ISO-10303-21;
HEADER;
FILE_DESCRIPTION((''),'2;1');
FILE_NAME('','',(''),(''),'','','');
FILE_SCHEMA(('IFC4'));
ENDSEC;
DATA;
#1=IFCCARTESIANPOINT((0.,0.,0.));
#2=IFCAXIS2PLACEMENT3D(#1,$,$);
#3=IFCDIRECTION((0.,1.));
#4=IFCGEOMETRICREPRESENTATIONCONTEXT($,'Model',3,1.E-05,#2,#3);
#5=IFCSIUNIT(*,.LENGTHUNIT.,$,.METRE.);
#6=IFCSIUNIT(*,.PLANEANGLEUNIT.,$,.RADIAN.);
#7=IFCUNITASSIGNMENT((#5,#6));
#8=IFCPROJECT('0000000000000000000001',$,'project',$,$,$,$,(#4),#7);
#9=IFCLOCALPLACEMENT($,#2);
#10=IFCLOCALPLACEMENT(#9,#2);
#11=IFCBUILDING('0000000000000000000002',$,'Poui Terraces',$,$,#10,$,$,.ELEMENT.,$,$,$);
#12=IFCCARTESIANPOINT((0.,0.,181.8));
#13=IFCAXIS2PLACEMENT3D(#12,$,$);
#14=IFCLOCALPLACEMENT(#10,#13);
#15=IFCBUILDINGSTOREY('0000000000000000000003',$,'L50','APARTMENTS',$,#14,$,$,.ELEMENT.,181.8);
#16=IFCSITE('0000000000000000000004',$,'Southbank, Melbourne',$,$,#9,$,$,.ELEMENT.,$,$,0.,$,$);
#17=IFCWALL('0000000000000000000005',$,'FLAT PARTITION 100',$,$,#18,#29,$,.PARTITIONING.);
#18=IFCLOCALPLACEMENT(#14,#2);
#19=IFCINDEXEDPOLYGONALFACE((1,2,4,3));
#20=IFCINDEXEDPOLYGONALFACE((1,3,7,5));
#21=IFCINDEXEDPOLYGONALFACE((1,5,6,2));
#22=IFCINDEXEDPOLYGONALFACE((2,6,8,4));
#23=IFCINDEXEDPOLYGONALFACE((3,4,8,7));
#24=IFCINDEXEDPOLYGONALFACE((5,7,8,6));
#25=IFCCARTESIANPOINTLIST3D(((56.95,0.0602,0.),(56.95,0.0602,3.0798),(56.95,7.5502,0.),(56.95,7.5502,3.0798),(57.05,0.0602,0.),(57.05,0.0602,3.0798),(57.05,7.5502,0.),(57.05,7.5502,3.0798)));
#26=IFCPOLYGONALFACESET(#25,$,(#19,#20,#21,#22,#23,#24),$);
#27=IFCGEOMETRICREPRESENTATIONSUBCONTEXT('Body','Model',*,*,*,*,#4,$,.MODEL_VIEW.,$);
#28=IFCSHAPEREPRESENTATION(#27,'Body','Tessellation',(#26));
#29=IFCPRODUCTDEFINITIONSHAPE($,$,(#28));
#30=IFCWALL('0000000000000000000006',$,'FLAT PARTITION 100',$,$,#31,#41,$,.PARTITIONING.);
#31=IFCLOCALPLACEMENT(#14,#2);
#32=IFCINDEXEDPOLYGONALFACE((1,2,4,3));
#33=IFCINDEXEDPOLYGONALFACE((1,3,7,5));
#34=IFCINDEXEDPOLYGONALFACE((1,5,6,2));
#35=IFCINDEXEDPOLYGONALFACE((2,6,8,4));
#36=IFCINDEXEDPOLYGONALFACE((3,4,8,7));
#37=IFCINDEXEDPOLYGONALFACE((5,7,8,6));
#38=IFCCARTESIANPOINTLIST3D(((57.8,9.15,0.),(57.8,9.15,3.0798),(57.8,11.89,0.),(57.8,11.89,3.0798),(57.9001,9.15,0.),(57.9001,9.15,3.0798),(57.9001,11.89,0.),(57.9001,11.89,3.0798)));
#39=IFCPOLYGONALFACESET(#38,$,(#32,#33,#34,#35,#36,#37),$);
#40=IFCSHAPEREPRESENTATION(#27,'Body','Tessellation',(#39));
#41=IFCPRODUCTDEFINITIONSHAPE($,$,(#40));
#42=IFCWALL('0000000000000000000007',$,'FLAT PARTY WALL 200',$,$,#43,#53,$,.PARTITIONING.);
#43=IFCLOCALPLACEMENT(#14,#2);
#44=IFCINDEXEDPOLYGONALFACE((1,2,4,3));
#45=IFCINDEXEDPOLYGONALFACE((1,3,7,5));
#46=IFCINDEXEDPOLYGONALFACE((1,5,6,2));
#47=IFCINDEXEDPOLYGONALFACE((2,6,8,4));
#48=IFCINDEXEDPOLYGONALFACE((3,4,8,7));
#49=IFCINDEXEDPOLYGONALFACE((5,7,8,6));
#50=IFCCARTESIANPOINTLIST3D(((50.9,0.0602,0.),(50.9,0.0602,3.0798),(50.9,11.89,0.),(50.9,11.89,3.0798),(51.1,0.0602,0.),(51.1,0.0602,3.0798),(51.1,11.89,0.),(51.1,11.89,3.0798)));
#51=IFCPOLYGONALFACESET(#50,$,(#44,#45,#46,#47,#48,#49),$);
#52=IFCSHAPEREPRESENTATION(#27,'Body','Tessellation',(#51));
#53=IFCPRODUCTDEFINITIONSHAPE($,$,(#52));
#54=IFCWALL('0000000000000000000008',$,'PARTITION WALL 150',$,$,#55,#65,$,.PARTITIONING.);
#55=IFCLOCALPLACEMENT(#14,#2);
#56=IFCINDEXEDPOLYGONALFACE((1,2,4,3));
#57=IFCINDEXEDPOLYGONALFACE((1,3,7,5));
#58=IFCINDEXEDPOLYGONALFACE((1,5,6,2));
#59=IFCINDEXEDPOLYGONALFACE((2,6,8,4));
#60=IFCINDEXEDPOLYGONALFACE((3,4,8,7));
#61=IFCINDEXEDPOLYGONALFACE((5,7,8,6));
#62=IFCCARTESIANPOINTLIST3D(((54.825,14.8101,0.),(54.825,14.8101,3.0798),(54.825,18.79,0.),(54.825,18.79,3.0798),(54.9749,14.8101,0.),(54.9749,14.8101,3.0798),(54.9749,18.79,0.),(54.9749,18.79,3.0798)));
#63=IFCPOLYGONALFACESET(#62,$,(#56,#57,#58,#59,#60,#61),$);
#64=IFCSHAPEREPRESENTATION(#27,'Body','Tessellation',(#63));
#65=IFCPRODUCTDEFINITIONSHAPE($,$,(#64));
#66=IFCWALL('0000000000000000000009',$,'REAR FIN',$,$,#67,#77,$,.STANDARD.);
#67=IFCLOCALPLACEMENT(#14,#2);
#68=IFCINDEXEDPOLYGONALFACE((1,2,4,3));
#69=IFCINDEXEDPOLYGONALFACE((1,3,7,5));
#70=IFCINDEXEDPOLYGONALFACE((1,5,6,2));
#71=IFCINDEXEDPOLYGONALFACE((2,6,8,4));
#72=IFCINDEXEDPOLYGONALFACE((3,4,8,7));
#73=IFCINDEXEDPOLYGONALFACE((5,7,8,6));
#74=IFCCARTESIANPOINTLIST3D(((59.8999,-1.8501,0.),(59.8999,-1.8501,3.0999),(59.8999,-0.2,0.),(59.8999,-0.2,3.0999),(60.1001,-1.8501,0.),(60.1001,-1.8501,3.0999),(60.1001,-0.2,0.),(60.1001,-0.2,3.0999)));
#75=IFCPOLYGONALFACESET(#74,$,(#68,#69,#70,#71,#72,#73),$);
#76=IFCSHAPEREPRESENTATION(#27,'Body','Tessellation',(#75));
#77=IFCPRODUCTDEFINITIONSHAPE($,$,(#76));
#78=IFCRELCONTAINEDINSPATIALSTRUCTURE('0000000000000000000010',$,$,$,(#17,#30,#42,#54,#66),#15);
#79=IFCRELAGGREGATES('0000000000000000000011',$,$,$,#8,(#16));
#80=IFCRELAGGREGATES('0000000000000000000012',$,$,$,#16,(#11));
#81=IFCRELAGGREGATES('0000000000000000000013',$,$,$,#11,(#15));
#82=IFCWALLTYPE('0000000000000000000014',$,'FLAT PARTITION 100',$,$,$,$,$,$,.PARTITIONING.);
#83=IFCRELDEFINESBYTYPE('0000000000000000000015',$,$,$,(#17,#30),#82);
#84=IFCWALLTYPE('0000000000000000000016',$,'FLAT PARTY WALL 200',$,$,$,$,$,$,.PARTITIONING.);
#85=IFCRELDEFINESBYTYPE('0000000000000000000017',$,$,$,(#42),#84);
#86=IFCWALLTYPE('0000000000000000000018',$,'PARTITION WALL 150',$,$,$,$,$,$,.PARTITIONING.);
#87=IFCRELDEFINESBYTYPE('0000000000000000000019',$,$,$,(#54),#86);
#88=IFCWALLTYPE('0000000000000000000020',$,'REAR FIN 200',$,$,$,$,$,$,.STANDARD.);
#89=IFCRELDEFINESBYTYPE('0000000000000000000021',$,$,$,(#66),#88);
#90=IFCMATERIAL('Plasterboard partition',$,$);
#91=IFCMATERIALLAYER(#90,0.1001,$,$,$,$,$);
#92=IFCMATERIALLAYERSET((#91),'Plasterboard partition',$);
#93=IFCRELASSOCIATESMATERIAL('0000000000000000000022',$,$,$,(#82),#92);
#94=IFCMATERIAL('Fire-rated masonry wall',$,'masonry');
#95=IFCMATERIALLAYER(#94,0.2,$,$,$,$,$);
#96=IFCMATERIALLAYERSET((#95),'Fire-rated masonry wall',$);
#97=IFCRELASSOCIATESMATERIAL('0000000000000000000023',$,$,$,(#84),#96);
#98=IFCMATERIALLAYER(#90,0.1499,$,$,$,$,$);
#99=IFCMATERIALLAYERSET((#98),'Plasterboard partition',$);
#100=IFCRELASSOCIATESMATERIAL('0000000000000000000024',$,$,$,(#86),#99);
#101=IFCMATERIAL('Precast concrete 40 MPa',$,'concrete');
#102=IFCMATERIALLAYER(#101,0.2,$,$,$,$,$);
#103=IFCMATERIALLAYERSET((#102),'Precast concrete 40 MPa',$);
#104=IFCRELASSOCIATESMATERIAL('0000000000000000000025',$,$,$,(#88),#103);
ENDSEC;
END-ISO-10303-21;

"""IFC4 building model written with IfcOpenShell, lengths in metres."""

from ifc_helpers import new_model, si_unit, direction, frame, frame_2d, origin, place, context, subcontext, project, spatial, polyline, rectangle, outline, extrude, source, transform, mapped, material, layer, layer_set, type_object, element, save


model = new_model("IFC4")

# Units and contexts
model_context = context("Model", 3, precision=1e-05, world=origin(), true_north=direction((0.0, 1.0)))
body_context = subcontext(model_context, "Body", "Model", "MODEL_VIEW")
ifc_project = project(units=[si_unit("LENGTHUNIT", "METRE"), si_unit("PLANEANGLEUNIT", "RADIAN")], contexts=[model_context])

# Site, building, storey
site_placement = place(None, origin())
site = spatial("IfcSite", under=ifc_project, at=site_placement, Name="Southbank, Melbourne", CompositionType="ELEMENT", RefElevation=0.0)
building_placement = place(site_placement, origin())
building = spatial("IfcBuilding", under=site, at=building_placement, Name="Poui Terraces", CompositionType="ELEMENT")
storey_placement = place(building_placement, frame((0.0, 0.0, 181.8)))
storey = spatial("IfcBuildingStorey", under=building, at=storey_placement, Name="L50", Description="APARTMENTS", CompositionType="ELEMENT", Elevation=181.8)

# Shared definitions
ifc_material_1 = material(Name="Plasterboard partition")
ifc_layer_1 = layer(ifc_material_1, 0.1001)
ifc_layer_set_1 = layer_set([ifc_layer_1], Name="Plasterboard partition")
wall_type_1 = type_object("IfcWallType", Name="FLAT PARTITION 100", PredefinedType="PARTITIONING", material=ifc_layer_set_1)

# Walls
wall_1_placement = place(storey_placement, frame((57.0, 0.0601, 0.0), z_axis=(0.0, 0.0, 1.0), x_axis=(0.0, 1.0, 0.0)))
element("IfcWall", 1, at=wall_1_placement, inside=storey, type_object=wall_type_1, Name="FLAT PARTITION 100", PredefinedType="PARTITIONING", context=body_context, shape_type="SweptSolid", body=[
    extrude(rectangle(XDim=7.49, YDim=0.1001, at=frame_2d((3.7451, 0.0))), origin(), (0.0, 0.0, 1.0), 3.0798),
])
wall_2_placement = place(storey_placement, frame((57.8501, 9.1499, 0.0), z_axis=(0.0, 0.0, 1.0), x_axis=(0.0, 1.0, 0.0)))
element("IfcWall", 2, at=wall_2_placement, inside=storey, type_object=wall_type_1, Name="FLAT PARTITION 100", PredefinedType="PARTITIONING", context=body_context, shape_type="SweptSolid", body=[
    extrude(rectangle(XDim=2.74, YDim=0.1001, at=frame_2d((1.3701, 0.0))), origin(), (0.0, 0.0, 1.0), 3.0798),
])
ifc_material_2 = material(Name="Fire-rated masonry wall", Category="masonry")
ifc_layer_2 = layer(ifc_material_2, 0.2)
ifc_layer_set_2 = layer_set([ifc_layer_2], Name="Fire-rated masonry wall")
wall_type_2 = type_object("IfcWallType", Name="FLAT PARTY WALL 200", PredefinedType="PARTITIONING", material=ifc_layer_set_2)
wall_3_placement = place(storey_placement, frame((51.0, 0.0601, 0.0), z_axis=(0.0, 0.0, 1.0), x_axis=(0.0, 1.0, 0.0)))
element("IfcWall", 3, at=wall_3_placement, inside=storey, type_object=wall_type_2, Name="FLAT PARTY WALL 200", PredefinedType="PARTITIONING", context=body_context, shape_type="SweptSolid", body=[
    extrude(rectangle(XDim=11.8298, YDim=0.2, at=frame_2d((5.915, 0.0))), origin(), (0.0, 0.0, 1.0), 3.0798),
])
ifc_layer_3 = layer(ifc_material_1, 0.1499)
ifc_layer_set_3 = layer_set([ifc_layer_3], Name="Plasterboard partition")
wall_type_3 = type_object("IfcWallType", Name="PARTITION WALL 150", PredefinedType="PARTITIONING", material=ifc_layer_set_3)
wall_4_placement = place(storey_placement, frame((54.8999, 14.8101, 0.0), z_axis=(0.0, 0.0, 1.0), x_axis=(0.0, 1.0, 0.0)))
element("IfcWall", 4, at=wall_4_placement, inside=storey, type_object=wall_type_3, Name="PARTITION WALL 150", PredefinedType="PARTITIONING", context=body_context, shape_type="SweptSolid", body=[
    extrude(rectangle(XDim=3.98, YDim=0.1499, at=frame_2d((1.99, 0.0))), origin(), (0.0, 0.0, 1.0), 3.0798),
])
ifc_material_3 = material(Name="Precast concrete 40 MPa", Category="concrete")
ifc_layer_4 = layer(ifc_material_3, 0.2)
ifc_layer_set_4 = layer_set([ifc_layer_4], Name="Precast concrete 40 MPa")
wall_type_4 = type_object("IfcWallType", Name="REAR FIN 200", PredefinedType="STANDARD", material=ifc_layer_set_4)
shared_shape_1 = source(origin(), body_context, "Body", "SweptSolid", [
    extrude(outline(polyline([(0.0, 0.0), (0.2002, 0.0), (0.2002, 1.6501), (0.0, 1.6501), (0.0, 0.0)])), origin(), (0.0, 0.0, 1.0), 3.0999),
])
wall_5_placement = place(storey_placement, frame((59.8999, -1.8501, 0.0)))
element("IfcWall", 5, at=wall_5_placement, inside=storey, type_object=wall_type_4, Name="REAR FIN", PredefinedType="STANDARD", context=body_context, shape_type="MappedRepresentation", body=[
    mapped(shared_shape_1, transform((0.0, 0.0, 0.0))),
])

save(model, "model.ifc")
